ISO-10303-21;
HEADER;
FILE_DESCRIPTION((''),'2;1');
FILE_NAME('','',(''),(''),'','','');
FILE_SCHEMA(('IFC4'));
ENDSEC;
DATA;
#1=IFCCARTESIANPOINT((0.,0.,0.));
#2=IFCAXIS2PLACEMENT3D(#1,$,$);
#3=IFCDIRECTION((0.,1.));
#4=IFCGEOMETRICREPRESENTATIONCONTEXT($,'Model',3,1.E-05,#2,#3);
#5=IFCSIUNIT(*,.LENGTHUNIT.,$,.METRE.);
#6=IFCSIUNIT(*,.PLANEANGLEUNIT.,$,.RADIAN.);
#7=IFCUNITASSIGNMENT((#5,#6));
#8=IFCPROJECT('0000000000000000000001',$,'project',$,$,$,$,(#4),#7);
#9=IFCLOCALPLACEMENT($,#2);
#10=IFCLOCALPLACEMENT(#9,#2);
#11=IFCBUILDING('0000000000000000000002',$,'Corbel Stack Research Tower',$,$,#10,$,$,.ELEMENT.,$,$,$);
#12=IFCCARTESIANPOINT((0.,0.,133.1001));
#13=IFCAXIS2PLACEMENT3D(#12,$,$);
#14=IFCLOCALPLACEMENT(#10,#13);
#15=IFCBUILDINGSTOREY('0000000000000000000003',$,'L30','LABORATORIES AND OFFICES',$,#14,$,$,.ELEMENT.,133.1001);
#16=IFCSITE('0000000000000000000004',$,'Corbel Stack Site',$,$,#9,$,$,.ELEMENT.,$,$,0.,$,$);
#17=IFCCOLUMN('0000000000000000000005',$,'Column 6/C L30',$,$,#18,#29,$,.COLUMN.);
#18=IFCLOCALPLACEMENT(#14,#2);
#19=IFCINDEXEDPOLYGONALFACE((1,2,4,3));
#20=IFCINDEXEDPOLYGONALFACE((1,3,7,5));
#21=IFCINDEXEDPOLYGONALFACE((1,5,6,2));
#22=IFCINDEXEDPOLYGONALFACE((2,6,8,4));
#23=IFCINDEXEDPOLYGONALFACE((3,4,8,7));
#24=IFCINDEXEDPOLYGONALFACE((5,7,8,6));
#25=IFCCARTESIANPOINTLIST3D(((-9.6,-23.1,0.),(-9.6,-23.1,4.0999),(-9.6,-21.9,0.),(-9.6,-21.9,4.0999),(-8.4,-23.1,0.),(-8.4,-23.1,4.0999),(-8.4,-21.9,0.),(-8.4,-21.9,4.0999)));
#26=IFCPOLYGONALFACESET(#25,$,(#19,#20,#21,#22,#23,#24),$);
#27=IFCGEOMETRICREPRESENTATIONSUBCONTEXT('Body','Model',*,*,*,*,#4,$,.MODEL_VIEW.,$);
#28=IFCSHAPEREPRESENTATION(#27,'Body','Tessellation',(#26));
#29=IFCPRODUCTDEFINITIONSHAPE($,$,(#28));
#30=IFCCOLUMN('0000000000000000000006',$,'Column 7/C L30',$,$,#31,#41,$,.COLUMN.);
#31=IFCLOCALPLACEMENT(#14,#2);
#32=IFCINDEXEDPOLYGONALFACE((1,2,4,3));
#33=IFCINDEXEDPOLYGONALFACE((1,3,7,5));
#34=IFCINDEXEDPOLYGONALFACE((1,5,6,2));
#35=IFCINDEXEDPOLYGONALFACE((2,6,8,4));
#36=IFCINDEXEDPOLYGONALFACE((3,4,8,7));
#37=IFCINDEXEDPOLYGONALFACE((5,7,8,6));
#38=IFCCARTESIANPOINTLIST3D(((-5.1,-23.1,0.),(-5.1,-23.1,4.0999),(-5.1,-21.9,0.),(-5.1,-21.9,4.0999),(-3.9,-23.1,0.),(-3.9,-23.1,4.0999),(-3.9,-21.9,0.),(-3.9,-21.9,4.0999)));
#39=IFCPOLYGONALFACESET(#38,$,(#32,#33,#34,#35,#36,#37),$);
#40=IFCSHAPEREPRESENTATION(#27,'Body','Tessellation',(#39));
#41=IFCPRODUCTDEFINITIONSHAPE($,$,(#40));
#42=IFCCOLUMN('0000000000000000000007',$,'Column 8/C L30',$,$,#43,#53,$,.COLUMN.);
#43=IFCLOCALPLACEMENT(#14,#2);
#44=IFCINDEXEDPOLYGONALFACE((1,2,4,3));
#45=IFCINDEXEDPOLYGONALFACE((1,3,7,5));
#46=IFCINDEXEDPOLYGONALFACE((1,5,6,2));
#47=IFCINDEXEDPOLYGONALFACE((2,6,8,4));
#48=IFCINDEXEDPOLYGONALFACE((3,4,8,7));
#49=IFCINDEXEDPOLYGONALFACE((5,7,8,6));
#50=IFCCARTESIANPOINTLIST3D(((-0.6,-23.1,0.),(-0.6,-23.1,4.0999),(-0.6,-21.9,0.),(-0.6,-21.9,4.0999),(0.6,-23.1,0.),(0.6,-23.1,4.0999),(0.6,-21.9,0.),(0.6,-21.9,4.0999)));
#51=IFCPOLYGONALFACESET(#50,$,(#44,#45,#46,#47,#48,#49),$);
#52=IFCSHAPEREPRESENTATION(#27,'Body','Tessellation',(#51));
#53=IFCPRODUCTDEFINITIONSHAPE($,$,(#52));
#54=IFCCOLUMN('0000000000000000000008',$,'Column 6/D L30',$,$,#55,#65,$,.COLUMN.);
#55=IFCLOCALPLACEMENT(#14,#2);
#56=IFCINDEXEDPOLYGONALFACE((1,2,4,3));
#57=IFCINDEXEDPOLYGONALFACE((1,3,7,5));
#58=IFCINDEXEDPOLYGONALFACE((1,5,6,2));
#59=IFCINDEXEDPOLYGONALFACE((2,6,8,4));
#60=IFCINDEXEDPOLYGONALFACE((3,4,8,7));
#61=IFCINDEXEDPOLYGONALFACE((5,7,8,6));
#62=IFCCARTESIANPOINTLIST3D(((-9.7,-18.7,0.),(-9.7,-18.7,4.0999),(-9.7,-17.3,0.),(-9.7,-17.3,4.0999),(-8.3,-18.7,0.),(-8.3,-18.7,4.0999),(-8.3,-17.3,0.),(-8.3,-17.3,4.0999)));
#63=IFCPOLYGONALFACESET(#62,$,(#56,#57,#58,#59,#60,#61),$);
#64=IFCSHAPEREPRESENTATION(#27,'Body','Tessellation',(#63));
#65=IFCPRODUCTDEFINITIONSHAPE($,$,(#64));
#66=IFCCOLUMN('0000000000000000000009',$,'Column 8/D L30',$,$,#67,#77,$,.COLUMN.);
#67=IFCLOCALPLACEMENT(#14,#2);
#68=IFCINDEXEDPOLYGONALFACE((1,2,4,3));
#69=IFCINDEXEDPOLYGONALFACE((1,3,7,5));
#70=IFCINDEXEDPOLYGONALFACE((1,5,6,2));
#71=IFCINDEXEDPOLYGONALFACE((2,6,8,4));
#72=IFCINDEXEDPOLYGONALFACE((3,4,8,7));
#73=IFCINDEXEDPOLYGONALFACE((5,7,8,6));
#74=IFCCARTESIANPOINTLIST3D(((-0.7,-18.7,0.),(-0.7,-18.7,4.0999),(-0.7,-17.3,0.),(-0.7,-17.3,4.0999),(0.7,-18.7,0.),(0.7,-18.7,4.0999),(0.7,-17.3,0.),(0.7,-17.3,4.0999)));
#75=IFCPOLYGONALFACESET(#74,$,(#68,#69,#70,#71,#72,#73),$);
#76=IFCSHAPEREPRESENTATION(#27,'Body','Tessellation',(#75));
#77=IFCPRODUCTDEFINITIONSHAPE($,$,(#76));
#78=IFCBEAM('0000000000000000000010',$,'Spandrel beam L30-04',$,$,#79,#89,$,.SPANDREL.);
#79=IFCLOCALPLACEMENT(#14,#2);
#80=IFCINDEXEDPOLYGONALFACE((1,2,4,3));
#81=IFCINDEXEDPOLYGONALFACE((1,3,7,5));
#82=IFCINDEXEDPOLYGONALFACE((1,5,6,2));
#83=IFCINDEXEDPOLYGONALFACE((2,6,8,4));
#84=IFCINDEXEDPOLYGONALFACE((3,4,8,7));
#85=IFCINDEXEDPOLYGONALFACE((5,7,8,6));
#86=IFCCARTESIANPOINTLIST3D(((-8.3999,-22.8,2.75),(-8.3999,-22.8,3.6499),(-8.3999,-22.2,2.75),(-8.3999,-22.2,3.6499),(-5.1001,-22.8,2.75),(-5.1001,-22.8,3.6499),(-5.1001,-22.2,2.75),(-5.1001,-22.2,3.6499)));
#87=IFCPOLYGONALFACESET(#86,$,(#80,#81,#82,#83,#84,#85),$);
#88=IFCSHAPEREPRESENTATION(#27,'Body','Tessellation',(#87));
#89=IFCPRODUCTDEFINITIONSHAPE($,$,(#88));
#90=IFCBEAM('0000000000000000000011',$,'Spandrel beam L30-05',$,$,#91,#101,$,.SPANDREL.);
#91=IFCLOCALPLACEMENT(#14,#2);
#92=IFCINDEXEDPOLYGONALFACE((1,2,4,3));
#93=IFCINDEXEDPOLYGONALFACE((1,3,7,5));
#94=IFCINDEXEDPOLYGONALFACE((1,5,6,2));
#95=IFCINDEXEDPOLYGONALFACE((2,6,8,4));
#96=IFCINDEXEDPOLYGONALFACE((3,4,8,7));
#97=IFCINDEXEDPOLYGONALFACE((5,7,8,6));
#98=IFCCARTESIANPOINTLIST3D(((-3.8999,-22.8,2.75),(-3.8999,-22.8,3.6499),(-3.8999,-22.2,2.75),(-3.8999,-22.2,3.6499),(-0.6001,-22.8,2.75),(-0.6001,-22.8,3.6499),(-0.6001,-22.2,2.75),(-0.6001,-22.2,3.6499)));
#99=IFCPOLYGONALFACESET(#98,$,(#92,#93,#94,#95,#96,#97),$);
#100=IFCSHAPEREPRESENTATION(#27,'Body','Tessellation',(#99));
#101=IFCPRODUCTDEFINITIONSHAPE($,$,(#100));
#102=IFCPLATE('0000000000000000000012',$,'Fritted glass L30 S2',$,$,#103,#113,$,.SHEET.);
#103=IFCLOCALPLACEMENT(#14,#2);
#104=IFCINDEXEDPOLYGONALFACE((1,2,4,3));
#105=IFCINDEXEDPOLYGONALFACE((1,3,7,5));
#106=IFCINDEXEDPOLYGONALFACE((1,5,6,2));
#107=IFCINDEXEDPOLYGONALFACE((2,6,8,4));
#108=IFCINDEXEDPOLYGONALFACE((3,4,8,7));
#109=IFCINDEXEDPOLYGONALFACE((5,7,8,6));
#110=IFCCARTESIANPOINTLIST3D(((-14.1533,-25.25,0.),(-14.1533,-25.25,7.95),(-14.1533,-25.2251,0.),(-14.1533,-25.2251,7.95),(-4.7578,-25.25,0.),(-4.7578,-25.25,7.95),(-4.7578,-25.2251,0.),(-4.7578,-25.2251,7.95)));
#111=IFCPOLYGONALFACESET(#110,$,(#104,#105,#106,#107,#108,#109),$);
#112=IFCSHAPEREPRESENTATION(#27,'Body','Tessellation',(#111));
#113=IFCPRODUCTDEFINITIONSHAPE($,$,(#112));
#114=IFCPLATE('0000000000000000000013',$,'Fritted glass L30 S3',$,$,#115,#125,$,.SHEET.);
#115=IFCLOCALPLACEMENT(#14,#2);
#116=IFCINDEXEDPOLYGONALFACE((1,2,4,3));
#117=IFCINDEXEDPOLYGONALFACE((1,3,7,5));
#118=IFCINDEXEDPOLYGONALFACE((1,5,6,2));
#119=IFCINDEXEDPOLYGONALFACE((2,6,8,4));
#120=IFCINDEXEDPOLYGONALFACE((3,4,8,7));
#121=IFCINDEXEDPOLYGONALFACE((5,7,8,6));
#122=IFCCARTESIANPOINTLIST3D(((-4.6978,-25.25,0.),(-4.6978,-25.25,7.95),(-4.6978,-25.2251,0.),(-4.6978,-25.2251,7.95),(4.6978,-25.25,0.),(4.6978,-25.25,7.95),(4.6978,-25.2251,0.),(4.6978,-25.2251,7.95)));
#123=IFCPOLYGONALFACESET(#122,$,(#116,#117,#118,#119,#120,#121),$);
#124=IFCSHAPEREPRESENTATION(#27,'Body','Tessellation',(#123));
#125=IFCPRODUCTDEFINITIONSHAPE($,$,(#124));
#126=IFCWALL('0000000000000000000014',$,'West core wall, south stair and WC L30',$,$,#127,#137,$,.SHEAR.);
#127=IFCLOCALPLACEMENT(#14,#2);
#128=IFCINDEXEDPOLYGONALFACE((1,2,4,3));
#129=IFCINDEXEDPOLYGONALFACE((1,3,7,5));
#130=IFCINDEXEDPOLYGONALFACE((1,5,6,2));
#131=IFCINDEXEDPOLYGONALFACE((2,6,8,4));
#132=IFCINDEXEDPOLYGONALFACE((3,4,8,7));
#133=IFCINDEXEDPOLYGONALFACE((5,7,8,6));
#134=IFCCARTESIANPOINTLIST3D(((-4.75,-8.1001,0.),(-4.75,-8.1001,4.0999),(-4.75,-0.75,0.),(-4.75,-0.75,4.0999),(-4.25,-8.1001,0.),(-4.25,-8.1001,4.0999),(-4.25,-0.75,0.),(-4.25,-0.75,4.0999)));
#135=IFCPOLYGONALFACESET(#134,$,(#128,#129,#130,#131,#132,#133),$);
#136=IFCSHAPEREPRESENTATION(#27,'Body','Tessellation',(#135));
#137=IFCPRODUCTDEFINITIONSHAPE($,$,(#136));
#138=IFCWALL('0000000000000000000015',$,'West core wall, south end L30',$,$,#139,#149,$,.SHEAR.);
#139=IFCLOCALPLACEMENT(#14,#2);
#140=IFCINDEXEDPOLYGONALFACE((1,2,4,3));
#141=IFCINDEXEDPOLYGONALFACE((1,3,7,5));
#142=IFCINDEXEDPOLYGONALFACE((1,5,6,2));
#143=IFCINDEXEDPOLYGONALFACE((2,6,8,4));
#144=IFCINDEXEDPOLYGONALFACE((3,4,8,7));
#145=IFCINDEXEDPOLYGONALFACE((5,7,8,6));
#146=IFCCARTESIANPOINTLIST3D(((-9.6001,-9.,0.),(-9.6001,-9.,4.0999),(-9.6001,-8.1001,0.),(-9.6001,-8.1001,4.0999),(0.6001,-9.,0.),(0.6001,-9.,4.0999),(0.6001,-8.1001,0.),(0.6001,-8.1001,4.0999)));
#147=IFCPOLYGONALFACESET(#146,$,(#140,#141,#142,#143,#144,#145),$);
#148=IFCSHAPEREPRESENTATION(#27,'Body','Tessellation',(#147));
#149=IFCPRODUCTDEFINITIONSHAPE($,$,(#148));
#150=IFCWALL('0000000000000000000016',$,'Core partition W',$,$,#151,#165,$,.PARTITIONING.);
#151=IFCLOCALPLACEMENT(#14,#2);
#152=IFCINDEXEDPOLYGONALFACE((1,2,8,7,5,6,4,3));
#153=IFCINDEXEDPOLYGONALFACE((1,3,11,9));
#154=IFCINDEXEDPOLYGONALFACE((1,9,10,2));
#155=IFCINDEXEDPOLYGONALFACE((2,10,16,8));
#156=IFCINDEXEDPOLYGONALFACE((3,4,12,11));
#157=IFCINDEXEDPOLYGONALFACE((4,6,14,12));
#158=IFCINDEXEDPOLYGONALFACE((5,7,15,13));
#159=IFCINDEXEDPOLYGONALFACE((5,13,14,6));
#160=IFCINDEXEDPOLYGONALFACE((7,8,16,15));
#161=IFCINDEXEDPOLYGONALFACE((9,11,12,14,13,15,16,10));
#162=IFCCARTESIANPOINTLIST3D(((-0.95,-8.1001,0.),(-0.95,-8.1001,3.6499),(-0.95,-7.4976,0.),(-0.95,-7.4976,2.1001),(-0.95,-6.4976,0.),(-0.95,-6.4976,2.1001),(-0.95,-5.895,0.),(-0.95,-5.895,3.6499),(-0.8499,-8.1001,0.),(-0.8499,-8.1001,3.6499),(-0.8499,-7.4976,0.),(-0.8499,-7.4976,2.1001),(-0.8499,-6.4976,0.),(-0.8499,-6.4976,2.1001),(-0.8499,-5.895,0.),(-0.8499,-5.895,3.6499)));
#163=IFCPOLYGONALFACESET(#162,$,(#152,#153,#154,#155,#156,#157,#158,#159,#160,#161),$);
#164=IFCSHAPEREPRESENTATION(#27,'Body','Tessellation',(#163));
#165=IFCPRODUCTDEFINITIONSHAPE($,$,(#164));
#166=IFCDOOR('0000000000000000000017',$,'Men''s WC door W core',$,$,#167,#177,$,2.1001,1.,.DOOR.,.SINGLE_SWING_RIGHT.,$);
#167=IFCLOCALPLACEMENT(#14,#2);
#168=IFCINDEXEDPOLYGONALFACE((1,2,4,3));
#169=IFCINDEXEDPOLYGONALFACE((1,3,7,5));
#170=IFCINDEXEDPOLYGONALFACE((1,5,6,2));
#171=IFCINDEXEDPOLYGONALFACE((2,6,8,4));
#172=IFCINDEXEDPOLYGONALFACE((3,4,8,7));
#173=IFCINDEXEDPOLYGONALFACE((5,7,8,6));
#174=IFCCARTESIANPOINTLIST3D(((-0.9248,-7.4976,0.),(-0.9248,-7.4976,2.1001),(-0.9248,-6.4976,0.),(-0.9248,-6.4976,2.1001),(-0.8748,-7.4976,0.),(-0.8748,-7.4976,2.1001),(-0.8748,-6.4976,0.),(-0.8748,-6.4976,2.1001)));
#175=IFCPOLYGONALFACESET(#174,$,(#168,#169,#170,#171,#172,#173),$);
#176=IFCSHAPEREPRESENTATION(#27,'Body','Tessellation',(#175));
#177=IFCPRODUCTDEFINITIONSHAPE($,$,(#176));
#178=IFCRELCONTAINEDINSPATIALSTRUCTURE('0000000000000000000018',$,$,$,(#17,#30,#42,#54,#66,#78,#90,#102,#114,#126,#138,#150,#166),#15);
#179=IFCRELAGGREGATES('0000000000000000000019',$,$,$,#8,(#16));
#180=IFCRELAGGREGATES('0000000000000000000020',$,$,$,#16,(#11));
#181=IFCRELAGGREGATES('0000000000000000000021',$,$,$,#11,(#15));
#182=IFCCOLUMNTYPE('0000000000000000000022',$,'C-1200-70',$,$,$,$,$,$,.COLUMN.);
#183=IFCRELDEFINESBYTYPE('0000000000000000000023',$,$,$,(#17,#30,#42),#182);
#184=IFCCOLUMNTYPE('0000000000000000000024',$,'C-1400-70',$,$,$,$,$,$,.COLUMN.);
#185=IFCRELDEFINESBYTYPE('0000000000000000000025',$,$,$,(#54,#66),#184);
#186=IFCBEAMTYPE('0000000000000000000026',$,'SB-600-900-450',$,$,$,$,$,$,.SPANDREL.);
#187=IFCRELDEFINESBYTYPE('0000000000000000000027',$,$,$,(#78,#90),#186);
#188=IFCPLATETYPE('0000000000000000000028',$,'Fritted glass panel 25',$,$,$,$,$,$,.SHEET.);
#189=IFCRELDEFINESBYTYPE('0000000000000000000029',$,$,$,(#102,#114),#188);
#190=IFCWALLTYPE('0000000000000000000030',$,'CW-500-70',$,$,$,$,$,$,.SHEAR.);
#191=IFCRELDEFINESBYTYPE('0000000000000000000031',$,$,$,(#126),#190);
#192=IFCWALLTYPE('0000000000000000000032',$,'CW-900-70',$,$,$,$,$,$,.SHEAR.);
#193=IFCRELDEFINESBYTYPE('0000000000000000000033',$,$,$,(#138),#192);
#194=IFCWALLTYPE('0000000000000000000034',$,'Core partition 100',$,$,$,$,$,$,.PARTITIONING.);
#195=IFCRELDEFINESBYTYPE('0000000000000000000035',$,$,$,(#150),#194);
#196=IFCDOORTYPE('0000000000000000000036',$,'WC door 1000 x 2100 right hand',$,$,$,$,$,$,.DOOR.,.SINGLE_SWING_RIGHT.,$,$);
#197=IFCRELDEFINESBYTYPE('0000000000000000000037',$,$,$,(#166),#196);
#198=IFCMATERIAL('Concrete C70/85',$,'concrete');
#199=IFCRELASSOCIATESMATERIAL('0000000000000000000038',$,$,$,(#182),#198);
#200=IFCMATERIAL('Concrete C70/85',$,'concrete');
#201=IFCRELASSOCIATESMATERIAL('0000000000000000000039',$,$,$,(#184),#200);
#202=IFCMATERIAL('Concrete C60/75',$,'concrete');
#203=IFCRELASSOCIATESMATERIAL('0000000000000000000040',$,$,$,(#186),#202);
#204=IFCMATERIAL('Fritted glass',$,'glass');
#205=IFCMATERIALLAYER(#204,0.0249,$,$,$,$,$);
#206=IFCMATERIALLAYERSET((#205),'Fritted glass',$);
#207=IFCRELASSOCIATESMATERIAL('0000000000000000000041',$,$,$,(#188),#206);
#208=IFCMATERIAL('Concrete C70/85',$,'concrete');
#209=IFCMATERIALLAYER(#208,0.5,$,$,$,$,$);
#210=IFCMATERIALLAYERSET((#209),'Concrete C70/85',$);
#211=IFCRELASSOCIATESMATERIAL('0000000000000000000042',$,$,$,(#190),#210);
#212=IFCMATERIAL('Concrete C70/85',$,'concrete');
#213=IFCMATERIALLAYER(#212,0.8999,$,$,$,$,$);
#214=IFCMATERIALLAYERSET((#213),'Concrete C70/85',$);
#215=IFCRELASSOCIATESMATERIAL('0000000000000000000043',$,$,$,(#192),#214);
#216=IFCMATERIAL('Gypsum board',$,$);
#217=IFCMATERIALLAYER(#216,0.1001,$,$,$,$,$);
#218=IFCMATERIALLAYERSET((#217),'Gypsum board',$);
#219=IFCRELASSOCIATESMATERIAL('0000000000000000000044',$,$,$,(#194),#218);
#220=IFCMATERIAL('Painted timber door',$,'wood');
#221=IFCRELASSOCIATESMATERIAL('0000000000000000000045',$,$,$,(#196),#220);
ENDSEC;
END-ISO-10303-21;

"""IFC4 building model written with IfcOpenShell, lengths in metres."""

from ifc_helpers import new_model, si_unit, direction, frame, frame_2d, origin, origin_2d, place, context, subcontext, project, spatial, rectangle, extrude, material, layer, layer_set, material_profile, profile_set, type_object, element, fill, save


model = new_model("IFC4")

# Units and contexts
model_context = context("Model", 3, precision=1e-05, world=origin(), true_north=direction((0.0, 1.0)))
body_context = subcontext(model_context, "Body", "Model", "MODEL_VIEW")
ifc_project = project(units=[si_unit("LENGTHUNIT", "METRE"), si_unit("PLANEANGLEUNIT", "RADIAN")], contexts=[model_context])

# Site, building, storey
site_placement = place(None, origin())
site = spatial("IfcSite", under=ifc_project, at=site_placement, Name="Corbel Stack Site", CompositionType="ELEMENT", RefElevation=0.0)
building_placement = place(site_placement, origin())
building = spatial("IfcBuilding", under=site, at=building_placement, Name="Corbel Stack Research Tower", CompositionType="ELEMENT")
storey_placement = place(building_placement, frame((0.0, 0.0, 133.1001)))
storey = spatial("IfcBuildingStorey", under=building, at=storey_placement, Name="L30", Description="LABORATORIES AND OFFICES", CompositionType="ELEMENT", Elevation=133.1001)

# Columns
ifc_material_1 = material(Name="Concrete C70/85", Category="concrete")
ifc_material_profile_1 = material_profile(ifc_material_1, rectangle(XDim=1.2, YDim=1.2, at=origin_2d()), Name="RC 1200 x 1200")
ifc_profile_set_1 = profile_set([ifc_material_profile_1], Name="Concrete C70/85")
column_type_1 = type_object("IfcColumnType", Name="C-1200-70", PredefinedType="COLUMN", material=ifc_profile_set_1)
for number, where, z_axis, x_axis, name in (
    (1, (-9.0, -22.5, 0.0), (0.0, 0.0, 1.0), (1.0, 0.0, 0.0), "Column 6/C L30"),
    (2, (-4.5, -22.5, 0.0), (0.0, 0.0, 1.0), (1.0, 0.0, 0.0), "Column 7/C L30"),
    (3, (0.0, -22.5, 0.0), (0.0, 0.0, 1.0), (1.0, 0.0, 0.0), "Column 8/C L30"),
):
    element("IfcColumn", number, at=place(storey_placement, frame(where, z_axis=z_axis, x_axis=x_axis)), inside=storey, type_object=column_type_1, Name=name, PredefinedType="COLUMN", context=body_context, shape_type="SweptSolid", body=[
        extrude(rectangle(XDim=1.2, YDim=1.2, at=origin_2d()), origin(), (0.0, 0.0, 1.0), 4.0999),
    ])
ifc_material_2 = material(Name="Concrete C70/85", Category="concrete")
ifc_material_profile_2 = material_profile(ifc_material_2, rectangle(XDim=1.3999, YDim=1.3999, at=origin_2d()), Name="RC 1400 x 1400")
ifc_profile_set_2 = profile_set([ifc_material_profile_2], Name="Concrete C70/85")
column_type_2 = type_object("IfcColumnType", Name="C-1400-70", PredefinedType="COLUMN", material=ifc_profile_set_2)
for number, where, z_axis, x_axis, name in (
    (4, (-9.0, -18.0, 0.0), (0.0, 0.0, 1.0), (1.0, 0.0, 0.0), "Column 6/D L30"),
    (5, (0.0, -18.0, 0.0), (0.0, 0.0, 1.0), (1.0, 0.0, 0.0), "Column 8/D L30"),
):
    element("IfcColumn", number, at=place(storey_placement, frame(where, z_axis=z_axis, x_axis=x_axis)), inside=storey, type_object=column_type_2, Name=name, PredefinedType="COLUMN", context=body_context, shape_type="SweptSolid", body=[
        extrude(rectangle(XDim=1.3999, YDim=1.3999, at=origin_2d()), origin(), (0.0, 0.0, 1.0), 4.0999),
    ])

# Beams
ifc_material_3 = material(Name="Concrete C60/75", Category="concrete")
ifc_material_profile_3 = material_profile(ifc_material_3, rectangle(XDim=0.6001, YDim=0.8999, at=origin_2d()), Name="RC 600 x 900")
ifc_profile_set_3 = profile_set([ifc_material_profile_3], Name="Concrete C60/75")
beam_type = type_object("IfcBeamType", Name="SB-600-900-450", PredefinedType="SPANDREL", material=ifc_profile_set_3)
for number, where, z_axis, x_axis, name in (
    (6, (-8.3999, -22.5, 3.2), (1.0, 0.0, 0.0), (0.0, 1.0, 0.0), "Spandrel beam L30-04"),
    (7, (-3.8999, -22.5, 3.2), (1.0, 0.0, 0.0), (0.0, 1.0, 0.0), "Spandrel beam L30-05"),
):
    element("IfcBeam", number, at=place(storey_placement, frame(where, z_axis=z_axis, x_axis=x_axis)), inside=storey, type_object=beam_type, Name=name, PredefinedType="SPANDREL", context=body_context, shape_type="SweptSolid", body=[
        extrude(rectangle(XDim=0.6001, YDim=0.8999, at=origin_2d()), origin(), (0.0, 0.0, 1.0), 3.2998),
    ])

# Plates
ifc_material_4 = material(Name="Fritted glass", Category="glass")
ifc_layer_1 = layer(ifc_material_4, 0.0249)
ifc_layer_set_1 = layer_set([ifc_layer_1], Name="Fritted glass")
plate_type = type_object("IfcPlateType", Name="Fritted glass panel 25", PredefinedType="SHEET", material=ifc_layer_set_1)
for number, where, z_axis, x_axis, name in (
    (8, (-9.4556, -25.2375, 0.0), (0.0, 0.0, 1.0), (1.0, 0.0, 0.0), "Fritted glass L30 S2"),
    (9, (0.0, -25.2375, 0.0), (0.0, 0.0, 1.0), (1.0, 0.0, 0.0), "Fritted glass L30 S3"),
):
    element("IfcPlate", number, at=place(storey_placement, frame(where, z_axis=z_axis, x_axis=x_axis)), inside=storey, type_object=plate_type, Name=name, PredefinedType="SHEET", context=body_context, shape_type="SweptSolid", body=[
        extrude(rectangle(XDim=9.3955, YDim=0.0249, at=origin_2d()), origin(), (0.0, 0.0, 1.0), 7.95),
    ])

# Walls
ifc_material_5 = material(Name="Concrete C70/85", Category="concrete")
ifc_layer_2 = layer(ifc_material_5, 0.5)
ifc_layer_set_2 = layer_set([ifc_layer_2], Name="Concrete C70/85")
wall_type_1 = type_object("IfcWallType", Name="CW-500-70", PredefinedType="SHEAR", material=ifc_layer_set_2)
wall_1_placement = place(storey_placement, frame((-4.5, -8.1001, 0.0), z_axis=(0.0, 0.0, 1.0), x_axis=(0.0, 1.0, 0.0)))
element("IfcWall", 10, at=wall_1_placement, inside=storey, type_object=wall_type_1, Name="West core wall, south stair and WC L30", PredefinedType="SHEAR", context=body_context, shape_type="SweptSolid", body=[
    extrude(rectangle(XDim=7.3501, YDim=0.5, at=frame_2d((3.675, 0.0))), origin(), (0.0, 0.0, 1.0), 4.0999),
])
ifc_material_6 = material(Name="Concrete C70/85", Category="concrete")
ifc_layer_3 = layer(ifc_material_6, 0.8999)
ifc_layer_set_3 = layer_set([ifc_layer_3], Name="Concrete C70/85")
wall_type_2 = type_object("IfcWallType", Name="CW-900-70", PredefinedType="SHEAR", material=ifc_layer_set_3)
wall_2_placement = place(storey_placement, frame((-9.6001, -8.55, 0.0), z_axis=(0.0, 0.0, 1.0), x_axis=(1.0, 0.0, 0.0)))
element("IfcWall", 11, at=wall_2_placement, inside=storey, type_object=wall_type_2, Name="West core wall, south end L30", PredefinedType="SHEAR", context=body_context, shape_type="SweptSolid", body=[
    extrude(rectangle(XDim=10.2002, YDim=0.8999, at=frame_2d((5.1001, 0.0))), origin(), (0.0, 0.0, 1.0), 4.0999),
])

# Wall, opening, door
ifc_material_7 = material(Name="Gypsum board")
ifc_layer_4 = layer(ifc_material_7, 0.1001)
ifc_layer_set_4 = layer_set([ifc_layer_4], Name="Gypsum board")
wall_type_3 = type_object("IfcWallType", Name="Core partition 100", PredefinedType="PARTITIONING", material=ifc_layer_set_4)
wall_3_placement = place(storey_placement, frame((-0.8999, -8.1001, 0.0), z_axis=(0.0, 0.0, 1.0), x_axis=(0.0, 1.0, 0.0)))
wall_3 = element("IfcWall", 12, at=wall_3_placement, inside=storey, type_object=wall_type_3, Name="Core partition W", PredefinedType="PARTITIONING", context=body_context, shape_type="SweptSolid", body=[
    extrude(rectangle(XDim=2.2051, YDim=0.1001, at=frame_2d((1.1025, 0.0))), origin(), (0.0, 0.0, 1.0), 3.6499),
])
opening_1_placement = place(wall_3_placement, frame((0.6025, 0.0, 0.0)))
opening_1 = element("IfcOpeningElement", 13, at=opening_1_placement, cuts=wall_3, PredefinedType="OPENING", context=body_context, shape_type="SweptSolid", body=[
    extrude(rectangle(XDim=1.0, YDim=2.1001, at=frame_2d((0.5, 1.05))), frame((0.0, 0.0601, 0.0), z_axis=(0.0, -1.0, 0.0), x_axis=(1.0, 0.0, 0.0)), (0.0, 0.0, 1.0), 0.1201),
])
ifc_material_8 = material(Name="Painted timber door", Category="wood")
door_type_1 = type_object("IfcDoorType", Name="WC door 1000 x 2100 right hand", OperationType="SINGLE_SWING_RIGHT", PredefinedType="DOOR", material=ifc_material_8)
door_1_placement = place(opening_1_placement, origin())
door_1 = element("IfcDoor", 14, at=door_1_placement, inside=storey, type_object=door_type_1, Name="Men's WC door W core", OperationType="SINGLE_SWING_RIGHT", OverallHeight=2.1001, OverallWidth=1.0, PredefinedType="DOOR", context=body_context, shape_type="SweptSolid", body=[
    extrude(rectangle(XDim=1.0, YDim=2.1001, at=frame_2d((0.5, 1.05))), frame((0.0, 0.0249, 0.0), z_axis=(0.0, -1.0, 0.0), x_axis=(1.0, 0.0, 0.0)), (0.0, 0.0, 1.0), 0.05),
])
fill(opening_1, door_1)

save(model, "model.ifc")
